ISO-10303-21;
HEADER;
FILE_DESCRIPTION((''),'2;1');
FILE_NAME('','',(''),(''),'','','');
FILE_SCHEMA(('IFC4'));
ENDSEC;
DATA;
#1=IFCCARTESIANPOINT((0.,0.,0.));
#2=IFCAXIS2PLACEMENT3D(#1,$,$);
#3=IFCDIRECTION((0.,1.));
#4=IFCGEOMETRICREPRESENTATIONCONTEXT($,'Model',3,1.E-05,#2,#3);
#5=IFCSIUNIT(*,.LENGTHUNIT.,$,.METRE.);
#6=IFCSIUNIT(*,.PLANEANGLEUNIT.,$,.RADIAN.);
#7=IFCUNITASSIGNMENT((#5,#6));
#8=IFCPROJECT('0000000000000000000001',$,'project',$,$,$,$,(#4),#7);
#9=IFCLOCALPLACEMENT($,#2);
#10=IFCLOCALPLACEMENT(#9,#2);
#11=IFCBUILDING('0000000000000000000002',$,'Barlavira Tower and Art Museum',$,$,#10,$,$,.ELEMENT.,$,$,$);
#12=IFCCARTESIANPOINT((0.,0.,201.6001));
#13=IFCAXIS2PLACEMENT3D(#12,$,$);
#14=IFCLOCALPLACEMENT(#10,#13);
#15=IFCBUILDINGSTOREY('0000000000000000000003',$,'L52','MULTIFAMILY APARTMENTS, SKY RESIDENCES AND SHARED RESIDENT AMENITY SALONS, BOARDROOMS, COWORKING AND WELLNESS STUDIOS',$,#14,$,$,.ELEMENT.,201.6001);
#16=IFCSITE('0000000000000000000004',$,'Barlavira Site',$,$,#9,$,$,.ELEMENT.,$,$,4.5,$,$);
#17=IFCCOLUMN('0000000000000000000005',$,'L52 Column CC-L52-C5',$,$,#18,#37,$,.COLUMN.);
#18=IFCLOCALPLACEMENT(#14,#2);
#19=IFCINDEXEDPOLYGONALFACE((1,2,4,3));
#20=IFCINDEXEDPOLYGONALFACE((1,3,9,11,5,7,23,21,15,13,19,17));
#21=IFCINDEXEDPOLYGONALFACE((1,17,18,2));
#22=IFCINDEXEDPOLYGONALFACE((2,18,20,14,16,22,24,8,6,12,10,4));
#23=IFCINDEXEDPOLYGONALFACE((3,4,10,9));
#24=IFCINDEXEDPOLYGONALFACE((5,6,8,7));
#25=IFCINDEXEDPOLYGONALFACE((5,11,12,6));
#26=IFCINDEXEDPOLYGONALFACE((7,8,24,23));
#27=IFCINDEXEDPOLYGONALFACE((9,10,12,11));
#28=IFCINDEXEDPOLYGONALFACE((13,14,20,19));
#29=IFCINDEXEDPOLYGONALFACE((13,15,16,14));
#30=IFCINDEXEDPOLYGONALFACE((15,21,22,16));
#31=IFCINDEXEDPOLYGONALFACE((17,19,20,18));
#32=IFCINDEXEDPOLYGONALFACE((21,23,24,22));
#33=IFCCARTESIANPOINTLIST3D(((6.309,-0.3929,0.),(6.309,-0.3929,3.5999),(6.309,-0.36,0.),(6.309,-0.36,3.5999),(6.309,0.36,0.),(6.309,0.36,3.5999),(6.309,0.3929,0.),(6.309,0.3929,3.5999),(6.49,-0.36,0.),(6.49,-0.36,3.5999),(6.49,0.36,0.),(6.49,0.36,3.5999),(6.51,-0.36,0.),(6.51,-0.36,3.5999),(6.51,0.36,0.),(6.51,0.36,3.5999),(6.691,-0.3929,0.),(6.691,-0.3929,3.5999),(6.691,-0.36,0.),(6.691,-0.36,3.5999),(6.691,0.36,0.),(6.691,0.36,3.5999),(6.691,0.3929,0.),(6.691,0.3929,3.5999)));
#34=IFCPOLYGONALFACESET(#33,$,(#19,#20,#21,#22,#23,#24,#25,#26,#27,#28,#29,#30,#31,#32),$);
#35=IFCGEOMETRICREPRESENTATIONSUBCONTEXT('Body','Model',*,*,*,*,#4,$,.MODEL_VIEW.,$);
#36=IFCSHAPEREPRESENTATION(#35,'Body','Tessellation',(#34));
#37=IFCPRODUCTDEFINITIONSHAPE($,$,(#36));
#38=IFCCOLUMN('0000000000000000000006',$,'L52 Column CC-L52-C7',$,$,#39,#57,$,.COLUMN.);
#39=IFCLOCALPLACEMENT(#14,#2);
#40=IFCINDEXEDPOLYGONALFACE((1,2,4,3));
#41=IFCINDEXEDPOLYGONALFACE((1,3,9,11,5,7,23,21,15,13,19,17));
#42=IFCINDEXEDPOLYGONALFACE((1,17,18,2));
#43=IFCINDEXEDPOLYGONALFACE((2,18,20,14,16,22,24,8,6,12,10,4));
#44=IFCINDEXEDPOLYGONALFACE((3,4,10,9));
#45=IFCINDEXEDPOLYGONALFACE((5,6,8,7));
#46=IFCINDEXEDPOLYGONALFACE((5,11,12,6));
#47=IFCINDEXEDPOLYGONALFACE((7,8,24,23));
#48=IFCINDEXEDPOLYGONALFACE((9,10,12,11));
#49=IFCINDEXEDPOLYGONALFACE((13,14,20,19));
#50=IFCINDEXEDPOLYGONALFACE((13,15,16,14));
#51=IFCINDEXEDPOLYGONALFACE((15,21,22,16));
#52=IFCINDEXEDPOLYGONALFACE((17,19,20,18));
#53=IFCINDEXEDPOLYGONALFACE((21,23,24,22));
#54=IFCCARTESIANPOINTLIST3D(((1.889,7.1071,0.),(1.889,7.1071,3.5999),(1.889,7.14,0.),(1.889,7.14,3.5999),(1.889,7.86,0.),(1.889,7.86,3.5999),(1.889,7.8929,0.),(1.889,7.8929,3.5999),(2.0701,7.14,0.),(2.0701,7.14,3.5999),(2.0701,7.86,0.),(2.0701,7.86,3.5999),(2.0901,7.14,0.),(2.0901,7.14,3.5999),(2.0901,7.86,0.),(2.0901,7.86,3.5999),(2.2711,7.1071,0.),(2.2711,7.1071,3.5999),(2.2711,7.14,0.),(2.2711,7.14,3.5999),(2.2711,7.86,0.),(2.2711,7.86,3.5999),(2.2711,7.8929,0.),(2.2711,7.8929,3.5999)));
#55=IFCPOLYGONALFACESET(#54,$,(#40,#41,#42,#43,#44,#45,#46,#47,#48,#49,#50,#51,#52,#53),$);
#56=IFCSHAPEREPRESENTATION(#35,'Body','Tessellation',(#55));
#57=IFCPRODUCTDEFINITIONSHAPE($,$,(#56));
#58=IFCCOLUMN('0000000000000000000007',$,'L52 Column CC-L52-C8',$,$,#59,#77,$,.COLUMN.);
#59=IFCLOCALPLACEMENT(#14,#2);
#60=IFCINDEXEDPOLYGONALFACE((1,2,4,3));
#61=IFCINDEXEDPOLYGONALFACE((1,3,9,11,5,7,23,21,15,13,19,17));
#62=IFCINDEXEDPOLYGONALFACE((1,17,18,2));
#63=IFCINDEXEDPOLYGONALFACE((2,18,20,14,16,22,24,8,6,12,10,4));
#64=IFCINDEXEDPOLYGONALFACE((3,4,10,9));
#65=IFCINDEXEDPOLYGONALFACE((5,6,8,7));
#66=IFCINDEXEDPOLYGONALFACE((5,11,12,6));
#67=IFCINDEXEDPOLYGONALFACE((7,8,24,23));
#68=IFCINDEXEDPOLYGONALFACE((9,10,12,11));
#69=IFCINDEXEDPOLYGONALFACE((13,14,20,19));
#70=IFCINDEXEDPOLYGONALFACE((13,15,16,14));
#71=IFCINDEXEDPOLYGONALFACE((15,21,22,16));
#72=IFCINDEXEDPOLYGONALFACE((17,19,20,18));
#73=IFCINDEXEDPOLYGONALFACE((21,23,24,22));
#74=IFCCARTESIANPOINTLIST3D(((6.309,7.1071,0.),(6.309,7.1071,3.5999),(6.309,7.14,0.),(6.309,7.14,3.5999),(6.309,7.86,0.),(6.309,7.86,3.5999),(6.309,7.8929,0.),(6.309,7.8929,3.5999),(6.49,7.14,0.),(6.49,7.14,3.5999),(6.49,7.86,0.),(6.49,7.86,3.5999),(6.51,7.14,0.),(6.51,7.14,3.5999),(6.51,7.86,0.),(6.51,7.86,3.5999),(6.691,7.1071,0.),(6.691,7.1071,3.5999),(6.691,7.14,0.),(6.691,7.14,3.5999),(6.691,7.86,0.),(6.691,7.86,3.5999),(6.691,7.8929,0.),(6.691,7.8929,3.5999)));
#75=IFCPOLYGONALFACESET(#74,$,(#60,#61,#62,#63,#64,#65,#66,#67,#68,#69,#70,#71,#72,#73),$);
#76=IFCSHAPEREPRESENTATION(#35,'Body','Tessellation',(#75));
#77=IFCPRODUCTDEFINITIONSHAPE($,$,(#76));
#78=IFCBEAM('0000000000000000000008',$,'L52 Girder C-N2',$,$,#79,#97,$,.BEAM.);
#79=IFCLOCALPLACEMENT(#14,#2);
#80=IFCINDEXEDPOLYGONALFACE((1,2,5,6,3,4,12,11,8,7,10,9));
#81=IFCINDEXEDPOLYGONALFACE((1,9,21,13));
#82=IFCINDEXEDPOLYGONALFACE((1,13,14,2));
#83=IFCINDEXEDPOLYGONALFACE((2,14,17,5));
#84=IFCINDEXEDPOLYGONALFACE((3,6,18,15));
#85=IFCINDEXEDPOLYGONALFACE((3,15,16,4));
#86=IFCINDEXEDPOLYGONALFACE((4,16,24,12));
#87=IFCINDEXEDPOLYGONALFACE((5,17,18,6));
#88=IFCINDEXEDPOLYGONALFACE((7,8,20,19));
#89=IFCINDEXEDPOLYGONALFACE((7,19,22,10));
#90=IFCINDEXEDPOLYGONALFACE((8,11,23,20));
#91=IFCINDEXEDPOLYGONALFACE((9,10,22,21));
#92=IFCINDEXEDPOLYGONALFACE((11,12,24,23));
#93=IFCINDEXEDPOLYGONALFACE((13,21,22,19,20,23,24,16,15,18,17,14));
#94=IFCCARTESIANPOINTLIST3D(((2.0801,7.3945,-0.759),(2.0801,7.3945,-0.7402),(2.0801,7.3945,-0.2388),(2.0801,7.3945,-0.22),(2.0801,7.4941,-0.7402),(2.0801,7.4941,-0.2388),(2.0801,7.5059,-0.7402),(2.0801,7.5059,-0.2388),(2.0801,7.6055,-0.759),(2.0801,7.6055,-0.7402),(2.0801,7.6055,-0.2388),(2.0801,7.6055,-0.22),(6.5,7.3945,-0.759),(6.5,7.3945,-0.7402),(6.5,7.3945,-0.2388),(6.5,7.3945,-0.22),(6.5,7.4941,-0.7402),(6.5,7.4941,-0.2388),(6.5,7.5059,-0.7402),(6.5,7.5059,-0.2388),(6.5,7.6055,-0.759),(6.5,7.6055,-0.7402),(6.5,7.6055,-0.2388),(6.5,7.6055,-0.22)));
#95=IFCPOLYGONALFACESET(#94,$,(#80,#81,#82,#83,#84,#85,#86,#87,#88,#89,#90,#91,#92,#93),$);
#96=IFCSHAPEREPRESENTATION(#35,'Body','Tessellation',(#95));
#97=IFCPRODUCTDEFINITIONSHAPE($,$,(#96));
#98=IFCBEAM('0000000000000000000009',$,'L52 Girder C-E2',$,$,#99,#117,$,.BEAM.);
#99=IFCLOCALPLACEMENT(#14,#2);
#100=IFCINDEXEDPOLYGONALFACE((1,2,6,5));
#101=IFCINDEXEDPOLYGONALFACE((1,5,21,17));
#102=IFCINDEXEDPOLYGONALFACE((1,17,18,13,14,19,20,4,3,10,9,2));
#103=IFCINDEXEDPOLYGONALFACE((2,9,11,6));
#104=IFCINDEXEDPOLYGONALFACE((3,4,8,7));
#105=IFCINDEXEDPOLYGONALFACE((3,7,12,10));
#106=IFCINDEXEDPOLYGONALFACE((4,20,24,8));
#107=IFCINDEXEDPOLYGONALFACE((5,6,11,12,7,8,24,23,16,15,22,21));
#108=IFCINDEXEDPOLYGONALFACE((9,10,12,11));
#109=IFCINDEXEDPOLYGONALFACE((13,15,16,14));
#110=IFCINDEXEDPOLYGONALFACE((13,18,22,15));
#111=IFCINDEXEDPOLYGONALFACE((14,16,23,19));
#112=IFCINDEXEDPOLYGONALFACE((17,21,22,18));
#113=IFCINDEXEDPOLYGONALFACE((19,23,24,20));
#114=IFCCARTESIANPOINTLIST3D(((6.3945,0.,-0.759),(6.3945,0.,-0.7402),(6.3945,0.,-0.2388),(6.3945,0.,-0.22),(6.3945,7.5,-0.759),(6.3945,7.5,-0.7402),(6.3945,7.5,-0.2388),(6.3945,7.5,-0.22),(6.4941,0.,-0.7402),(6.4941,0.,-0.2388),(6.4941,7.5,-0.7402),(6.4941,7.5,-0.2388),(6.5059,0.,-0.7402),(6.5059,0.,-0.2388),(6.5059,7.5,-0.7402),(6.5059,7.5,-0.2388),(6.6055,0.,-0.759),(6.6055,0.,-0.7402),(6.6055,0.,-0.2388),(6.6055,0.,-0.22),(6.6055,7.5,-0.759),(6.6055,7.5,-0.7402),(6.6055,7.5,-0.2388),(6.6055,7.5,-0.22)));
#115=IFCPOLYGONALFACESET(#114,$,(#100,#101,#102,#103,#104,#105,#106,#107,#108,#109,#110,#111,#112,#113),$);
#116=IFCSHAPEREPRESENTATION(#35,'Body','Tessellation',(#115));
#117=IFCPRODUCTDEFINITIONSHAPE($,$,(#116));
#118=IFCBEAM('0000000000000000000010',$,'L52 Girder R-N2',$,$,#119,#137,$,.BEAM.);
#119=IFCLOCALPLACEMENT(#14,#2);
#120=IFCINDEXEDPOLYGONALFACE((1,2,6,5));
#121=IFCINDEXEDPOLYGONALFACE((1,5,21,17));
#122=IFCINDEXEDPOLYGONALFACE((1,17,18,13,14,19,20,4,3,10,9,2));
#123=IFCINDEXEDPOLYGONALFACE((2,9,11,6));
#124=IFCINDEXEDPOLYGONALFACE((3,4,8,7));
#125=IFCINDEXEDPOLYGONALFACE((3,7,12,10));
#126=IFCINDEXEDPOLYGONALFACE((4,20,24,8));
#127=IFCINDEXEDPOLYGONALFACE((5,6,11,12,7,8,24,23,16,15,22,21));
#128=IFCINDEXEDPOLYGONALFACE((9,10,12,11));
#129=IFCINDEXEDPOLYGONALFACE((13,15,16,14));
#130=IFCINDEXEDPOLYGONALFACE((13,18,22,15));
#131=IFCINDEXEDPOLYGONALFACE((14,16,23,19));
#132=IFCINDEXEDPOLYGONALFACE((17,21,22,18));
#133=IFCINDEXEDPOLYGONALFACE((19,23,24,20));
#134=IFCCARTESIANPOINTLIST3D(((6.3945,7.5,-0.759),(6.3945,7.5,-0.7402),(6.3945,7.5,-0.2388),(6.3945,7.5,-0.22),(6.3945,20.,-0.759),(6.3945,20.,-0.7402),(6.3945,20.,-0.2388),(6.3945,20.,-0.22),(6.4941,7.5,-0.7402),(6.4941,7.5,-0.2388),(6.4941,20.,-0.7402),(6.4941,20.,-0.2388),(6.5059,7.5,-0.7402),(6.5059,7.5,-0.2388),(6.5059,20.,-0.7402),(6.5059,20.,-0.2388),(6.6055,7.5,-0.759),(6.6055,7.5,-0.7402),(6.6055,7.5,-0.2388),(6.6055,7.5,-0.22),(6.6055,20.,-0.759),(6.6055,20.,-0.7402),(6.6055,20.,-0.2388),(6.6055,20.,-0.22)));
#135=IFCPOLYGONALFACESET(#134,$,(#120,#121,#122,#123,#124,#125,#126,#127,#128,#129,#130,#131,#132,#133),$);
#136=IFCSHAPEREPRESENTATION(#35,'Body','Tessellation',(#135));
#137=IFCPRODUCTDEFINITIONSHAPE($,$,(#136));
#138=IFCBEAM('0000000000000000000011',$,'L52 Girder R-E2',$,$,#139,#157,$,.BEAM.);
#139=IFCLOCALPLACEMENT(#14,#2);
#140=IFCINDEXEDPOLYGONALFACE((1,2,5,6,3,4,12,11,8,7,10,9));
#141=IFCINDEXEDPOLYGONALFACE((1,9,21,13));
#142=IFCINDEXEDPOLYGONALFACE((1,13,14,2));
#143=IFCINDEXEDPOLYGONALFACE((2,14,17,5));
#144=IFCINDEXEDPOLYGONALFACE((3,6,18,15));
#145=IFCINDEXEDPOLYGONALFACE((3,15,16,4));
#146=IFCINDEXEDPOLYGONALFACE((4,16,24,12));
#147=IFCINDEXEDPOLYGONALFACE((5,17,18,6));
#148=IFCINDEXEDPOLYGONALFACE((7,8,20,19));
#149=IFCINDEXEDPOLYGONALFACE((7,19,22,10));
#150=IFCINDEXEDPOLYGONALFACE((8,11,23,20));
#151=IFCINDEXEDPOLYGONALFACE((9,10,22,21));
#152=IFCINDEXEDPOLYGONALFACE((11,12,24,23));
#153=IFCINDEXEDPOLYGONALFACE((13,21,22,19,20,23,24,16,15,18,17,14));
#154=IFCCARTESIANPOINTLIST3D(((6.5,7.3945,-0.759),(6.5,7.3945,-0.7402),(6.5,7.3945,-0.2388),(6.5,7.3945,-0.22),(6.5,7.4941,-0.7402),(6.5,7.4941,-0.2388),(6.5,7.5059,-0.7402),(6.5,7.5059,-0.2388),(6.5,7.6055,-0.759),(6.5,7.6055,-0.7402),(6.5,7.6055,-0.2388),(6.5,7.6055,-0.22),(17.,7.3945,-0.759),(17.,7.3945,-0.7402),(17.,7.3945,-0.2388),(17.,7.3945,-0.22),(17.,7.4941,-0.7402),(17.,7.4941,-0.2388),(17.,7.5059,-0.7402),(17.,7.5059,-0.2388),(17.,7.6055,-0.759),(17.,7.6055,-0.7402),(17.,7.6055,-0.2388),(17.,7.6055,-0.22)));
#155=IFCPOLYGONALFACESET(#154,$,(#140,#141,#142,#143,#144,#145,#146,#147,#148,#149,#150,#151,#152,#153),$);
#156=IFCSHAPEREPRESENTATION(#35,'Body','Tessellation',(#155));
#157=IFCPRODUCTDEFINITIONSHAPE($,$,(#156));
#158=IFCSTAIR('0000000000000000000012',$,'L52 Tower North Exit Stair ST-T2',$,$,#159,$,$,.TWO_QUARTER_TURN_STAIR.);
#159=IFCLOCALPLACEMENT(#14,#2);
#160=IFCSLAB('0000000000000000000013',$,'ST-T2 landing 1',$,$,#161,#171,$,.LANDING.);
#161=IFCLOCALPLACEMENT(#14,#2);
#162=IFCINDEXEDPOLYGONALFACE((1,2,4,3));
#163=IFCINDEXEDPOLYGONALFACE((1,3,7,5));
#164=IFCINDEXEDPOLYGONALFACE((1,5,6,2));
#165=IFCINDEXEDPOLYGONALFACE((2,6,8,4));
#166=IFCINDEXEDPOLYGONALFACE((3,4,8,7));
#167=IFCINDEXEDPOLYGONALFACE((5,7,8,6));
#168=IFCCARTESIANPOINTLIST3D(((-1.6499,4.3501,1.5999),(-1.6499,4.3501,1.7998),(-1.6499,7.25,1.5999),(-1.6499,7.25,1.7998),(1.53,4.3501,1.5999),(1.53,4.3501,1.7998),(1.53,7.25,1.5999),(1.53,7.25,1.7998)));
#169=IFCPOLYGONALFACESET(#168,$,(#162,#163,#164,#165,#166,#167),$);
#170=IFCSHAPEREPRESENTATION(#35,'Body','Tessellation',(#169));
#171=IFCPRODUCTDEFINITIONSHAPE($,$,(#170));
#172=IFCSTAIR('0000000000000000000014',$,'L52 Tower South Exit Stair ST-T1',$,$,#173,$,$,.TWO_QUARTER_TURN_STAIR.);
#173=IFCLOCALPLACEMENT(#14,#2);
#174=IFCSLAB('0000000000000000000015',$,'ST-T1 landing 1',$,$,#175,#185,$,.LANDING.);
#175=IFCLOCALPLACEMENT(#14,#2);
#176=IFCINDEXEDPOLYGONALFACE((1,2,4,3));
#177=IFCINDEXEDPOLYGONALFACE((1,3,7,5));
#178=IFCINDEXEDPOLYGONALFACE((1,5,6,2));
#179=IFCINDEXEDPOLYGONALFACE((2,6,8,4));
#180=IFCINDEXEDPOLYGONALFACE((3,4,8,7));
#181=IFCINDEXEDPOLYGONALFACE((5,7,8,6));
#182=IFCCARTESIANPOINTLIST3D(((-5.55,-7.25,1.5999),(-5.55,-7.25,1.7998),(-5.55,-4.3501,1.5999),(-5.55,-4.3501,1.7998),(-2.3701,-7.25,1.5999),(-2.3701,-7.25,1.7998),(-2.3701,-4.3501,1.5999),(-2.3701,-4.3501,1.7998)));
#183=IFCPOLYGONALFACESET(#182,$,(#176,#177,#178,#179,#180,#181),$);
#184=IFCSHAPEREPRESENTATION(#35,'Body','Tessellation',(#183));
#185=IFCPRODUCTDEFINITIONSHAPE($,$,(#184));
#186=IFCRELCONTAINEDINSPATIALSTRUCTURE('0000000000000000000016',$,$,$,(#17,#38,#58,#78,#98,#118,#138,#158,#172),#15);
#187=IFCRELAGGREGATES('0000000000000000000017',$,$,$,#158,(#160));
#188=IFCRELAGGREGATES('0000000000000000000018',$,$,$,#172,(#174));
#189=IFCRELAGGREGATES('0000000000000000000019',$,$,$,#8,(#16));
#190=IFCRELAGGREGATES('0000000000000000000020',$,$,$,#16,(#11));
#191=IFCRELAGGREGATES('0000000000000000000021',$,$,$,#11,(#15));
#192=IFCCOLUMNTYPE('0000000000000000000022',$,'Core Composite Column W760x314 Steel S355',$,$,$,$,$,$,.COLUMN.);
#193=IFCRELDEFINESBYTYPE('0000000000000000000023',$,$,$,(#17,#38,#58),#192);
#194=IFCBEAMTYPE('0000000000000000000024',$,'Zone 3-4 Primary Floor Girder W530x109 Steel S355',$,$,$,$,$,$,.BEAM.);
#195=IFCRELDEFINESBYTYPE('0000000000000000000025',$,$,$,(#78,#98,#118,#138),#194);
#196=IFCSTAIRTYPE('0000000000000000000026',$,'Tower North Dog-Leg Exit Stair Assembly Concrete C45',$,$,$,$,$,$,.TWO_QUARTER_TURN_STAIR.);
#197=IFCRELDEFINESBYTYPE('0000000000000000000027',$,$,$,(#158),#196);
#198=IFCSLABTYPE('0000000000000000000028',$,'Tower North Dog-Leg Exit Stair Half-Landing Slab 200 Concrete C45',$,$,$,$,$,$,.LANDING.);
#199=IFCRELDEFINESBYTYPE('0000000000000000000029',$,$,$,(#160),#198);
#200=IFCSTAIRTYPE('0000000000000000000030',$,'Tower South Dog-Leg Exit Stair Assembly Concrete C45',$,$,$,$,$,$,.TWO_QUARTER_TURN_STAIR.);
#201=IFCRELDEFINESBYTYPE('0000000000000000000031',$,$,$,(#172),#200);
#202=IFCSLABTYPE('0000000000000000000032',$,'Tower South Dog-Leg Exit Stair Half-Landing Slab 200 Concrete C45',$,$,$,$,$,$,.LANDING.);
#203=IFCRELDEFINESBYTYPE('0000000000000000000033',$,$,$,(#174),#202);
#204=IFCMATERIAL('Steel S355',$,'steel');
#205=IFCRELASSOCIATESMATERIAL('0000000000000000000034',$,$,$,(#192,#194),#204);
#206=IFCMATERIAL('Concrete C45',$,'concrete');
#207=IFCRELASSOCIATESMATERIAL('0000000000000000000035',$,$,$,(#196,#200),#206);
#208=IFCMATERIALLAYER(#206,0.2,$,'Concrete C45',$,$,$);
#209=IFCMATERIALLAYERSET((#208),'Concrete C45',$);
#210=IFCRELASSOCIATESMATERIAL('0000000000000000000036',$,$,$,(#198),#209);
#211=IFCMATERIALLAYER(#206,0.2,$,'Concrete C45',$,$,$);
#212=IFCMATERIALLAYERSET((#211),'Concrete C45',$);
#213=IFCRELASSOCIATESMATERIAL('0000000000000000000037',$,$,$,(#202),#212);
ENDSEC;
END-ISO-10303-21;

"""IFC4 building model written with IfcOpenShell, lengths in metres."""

from ifc_helpers import new_model, si_unit, direction, frame, origin, origin_2d, place, context, subcontext, project, spatial, polyline, i_section, outline, extrude, material, layer, layer_set, material_profile, profile_set, type_object, element, aggregate, save


model = new_model("IFC4")

# Units and contexts
model_context = context("Model", 3, precision=1e-05, world=origin(), true_north=direction((0.0, 1.0)))
body_context = subcontext(model_context, "Body", "Model", "MODEL_VIEW")
ifc_project = project(units=[si_unit("LENGTHUNIT", "METRE"), si_unit("PLANEANGLEUNIT", "RADIAN")], contexts=[model_context])

# Site, building, storey
site_placement = place(None, origin())
site = spatial("IfcSite", under=ifc_project, at=site_placement, Name="Barlavira Site", CompositionType="ELEMENT", RefElevation=4.5)
building_placement = place(site_placement, origin())
building = spatial("IfcBuilding", under=site, at=building_placement, Name="Barlavira Tower and Art Museum", CompositionType="ELEMENT")
storey_placement = place(building_placement, frame((0.0, 0.0, 201.6001)))
storey = spatial("IfcBuildingStorey", under=building, at=storey_placement, Name="L52", Description="MULTIFAMILY APARTMENTS, SKY RESIDENCES AND SHARED RESIDENT AMENITY SALONS, BOARDROOMS, COWORKING AND WELLNESS STUDIOS", CompositionType="ELEMENT", Elevation=201.6001)

# Columns
ifc_material_1 = material(Name="Steel S355", Category="steel")
ifc_material_profile_1 = material_profile(ifc_material_1, i_section(OverallWidth=0.3821, OverallDepth=0.7859, WebThickness=0.02, FlangeThickness=0.033, at=origin_2d()), Name="W760x314.0")
ifc_profile_set_1 = profile_set([ifc_material_profile_1], Name="Steel S355")
column_type = type_object("IfcColumnType", Name="Core Composite Column W760x314 Steel S355", PredefinedType="COLUMN", material=ifc_profile_set_1)
for number, where, z_axis, x_axis, name in (
    (1, (6.5, 0.0, 0.0), (0.0, 0.0, 1.0), (1.0, 0.0, 0.0), "L52 Column CC-L52-C5"),
    (2, (2.0801, 7.5, 0.0), (0.0, 0.0, 1.0), (1.0, 0.0, 0.0), "L52 Column CC-L52-C7"),
    (3, (6.5, 7.5, 0.0), (0.0, 0.0, 1.0), (1.0, 0.0, 0.0), "L52 Column CC-L52-C8"),
):
    element("IfcColumn", number, at=place(storey_placement, frame(where, z_axis=z_axis, x_axis=x_axis)), inside=storey, type_object=column_type, Name=name, PredefinedType="COLUMN", context=body_context, shape_type="SweptSolid", body=[
        extrude(i_section(OverallWidth=0.3821, OverallDepth=0.7859, WebThickness=0.02, FlangeThickness=0.033, at=origin_2d()), origin(), (0.0, 0.0, 1.0), 3.5999),
    ])

# Beams
ifc_material_profile_2 = material_profile(ifc_material_1, i_section(OverallWidth=0.2109, OverallDepth=0.5391, WebThickness=0.0117, FlangeThickness=0.0188, at=origin_2d()), Name="W530x109.0")
ifc_profile_set_2 = profile_set([ifc_material_profile_2], Name="Steel S355")
beam_type = type_object("IfcBeamType", Name="Zone 3-4 Primary Floor Girder W530x109 Steel S355", PredefinedType="BEAM", material=ifc_profile_set_2)
beam_1_placement = place(storey_placement, frame((2.0801, 7.5, -0.4895), z_axis=(1.0, 0.0, 0.0), x_axis=(0.0, 1.0, 0.0)))
element("IfcBeam", 4, at=beam_1_placement, inside=storey, type_object=beam_type, Name="L52 Girder C-N2", PredefinedType="BEAM", context=body_context, shape_type="SweptSolid", body=[
    extrude(i_section(OverallWidth=0.2109, OverallDepth=0.5391, WebThickness=0.0117, FlangeThickness=0.0188, at=origin_2d()), origin(), (0.0, 0.0, 1.0), 4.4199),
])
beam_2_placement = place(storey_placement, frame((6.5, 0.0, -0.4895), z_axis=(0.0, 1.0, 0.0), x_axis=(-1.0, 0.0, 0.0)))
element("IfcBeam", 5, at=beam_2_placement, inside=storey, type_object=beam_type, Name="L52 Girder C-E2", PredefinedType="BEAM", context=body_context, shape_type="SweptSolid", body=[
    extrude(i_section(OverallWidth=0.2109, OverallDepth=0.5391, WebThickness=0.0117, FlangeThickness=0.0188, at=origin_2d()), origin(), (0.0, 0.0, 1.0), 7.5),
])
beam_3_placement = place(storey_placement, frame((6.5, 7.5, -0.4895), z_axis=(0.0, 1.0, 0.0), x_axis=(-1.0, 0.0, 0.0)))
element("IfcBeam", 6, at=beam_3_placement, inside=storey, type_object=beam_type, Name="L52 Girder R-N2", PredefinedType="BEAM", context=body_context, shape_type="SweptSolid", body=[
    extrude(i_section(OverallWidth=0.2109, OverallDepth=0.5391, WebThickness=0.0117, FlangeThickness=0.0188, at=origin_2d()), origin(), (0.0, 0.0, 1.0), 12.5),
])
beam_4_placement = place(storey_placement, frame((6.5, 7.5, -0.4895), z_axis=(1.0, 0.0, 0.0), x_axis=(0.0, 1.0, 0.0)))
element("IfcBeam", 7, at=beam_4_placement, inside=storey, type_object=beam_type, Name="L52 Girder R-E2", PredefinedType="BEAM", context=body_context, shape_type="SweptSolid", body=[
    extrude(i_section(OverallWidth=0.2109, OverallDepth=0.5391, WebThickness=0.0117, FlangeThickness=0.0188, at=origin_2d()), origin(), (0.0, 0.0, 1.0), 10.5),
])

# Stairs, slabs
ifc_material_2 = material(Name="Concrete C45", Category="concrete")
stair_type_1 = type_object("IfcStairType", Name="Tower North Dog-Leg Exit Stair Assembly Concrete C45", PredefinedType="TWO_QUARTER_TURN_STAIR", material=ifc_material_2)
stair_1_placement = place(storey_placement, origin())
stair_1 = element("IfcStair", 8, at=stair_1_placement, inside=storey, type_object=stair_type_1, Name="L52 Tower North Exit Stair ST-T2", PredefinedType="TWO_QUARTER_TURN_STAIR")
ifc_layer_1 = layer(ifc_material_2, 0.2, Name="Concrete C45")
ifc_layer_set_1 = layer_set([ifc_layer_1], Name="Concrete C45")
slab_type_1 = type_object("IfcSlabType", Name="Tower North Dog-Leg Exit Stair Half-Landing Slab 200 Concrete C45", PredefinedType="LANDING", material=ifc_layer_set_1)
slab_1_placement = place(storey_placement, frame((0.0, 0.0, 1.5999)))
slab_1 = element("IfcSlab", 9, at=slab_1_placement, type_object=slab_type_1, Name="ST-T2 landing 1", PredefinedType="LANDING", context=body_context, shape_type="SweptSolid", body=[
    extrude(outline(polyline([(-1.6499, 4.3501), (1.53, 4.3501), (1.53, 7.25), (-1.6499, 7.25), (-1.6499, 4.3501)])), origin(), (0.0, 0.0, 1.0), 0.2),
])
aggregate(stair_1, [slab_1])
stair_type_2 = type_object("IfcStairType", Name="Tower South Dog-Leg Exit Stair Assembly Concrete C45", PredefinedType="TWO_QUARTER_TURN_STAIR", material=ifc_material_2)
stair_2_placement = place(storey_placement, origin())
stair_2 = element("IfcStair", 10, at=stair_2_placement, inside=storey, type_object=stair_type_2, Name="L52 Tower South Exit Stair ST-T1", PredefinedType="TWO_QUARTER_TURN_STAIR")
ifc_layer_2 = layer(ifc_material_2, 0.2, Name="Concrete C45")
ifc_layer_set_2 = layer_set([ifc_layer_2], Name="Concrete C45")
slab_type_2 = type_object("IfcSlabType", Name="Tower South Dog-Leg Exit Stair Half-Landing Slab 200 Concrete C45", PredefinedType="LANDING", material=ifc_layer_set_2)
slab_2_placement = place(storey_placement, frame((0.0, 0.0, 1.5999)))
slab_2 = element("IfcSlab", 11, at=slab_2_placement, type_object=slab_type_2, Name="ST-T1 landing 1", PredefinedType="LANDING", context=body_context, shape_type="SweptSolid", body=[
    extrude(outline(polyline([(-2.3701, -4.3501), (-5.55, -4.3501), (-5.55, -7.25), (-2.3701, -7.25), (-2.3701, -4.3501)])), origin(), (0.0, 0.0, 1.0), 0.2),
])
aggregate(stair_2, [slab_2])

save(model, "model.ifc")
